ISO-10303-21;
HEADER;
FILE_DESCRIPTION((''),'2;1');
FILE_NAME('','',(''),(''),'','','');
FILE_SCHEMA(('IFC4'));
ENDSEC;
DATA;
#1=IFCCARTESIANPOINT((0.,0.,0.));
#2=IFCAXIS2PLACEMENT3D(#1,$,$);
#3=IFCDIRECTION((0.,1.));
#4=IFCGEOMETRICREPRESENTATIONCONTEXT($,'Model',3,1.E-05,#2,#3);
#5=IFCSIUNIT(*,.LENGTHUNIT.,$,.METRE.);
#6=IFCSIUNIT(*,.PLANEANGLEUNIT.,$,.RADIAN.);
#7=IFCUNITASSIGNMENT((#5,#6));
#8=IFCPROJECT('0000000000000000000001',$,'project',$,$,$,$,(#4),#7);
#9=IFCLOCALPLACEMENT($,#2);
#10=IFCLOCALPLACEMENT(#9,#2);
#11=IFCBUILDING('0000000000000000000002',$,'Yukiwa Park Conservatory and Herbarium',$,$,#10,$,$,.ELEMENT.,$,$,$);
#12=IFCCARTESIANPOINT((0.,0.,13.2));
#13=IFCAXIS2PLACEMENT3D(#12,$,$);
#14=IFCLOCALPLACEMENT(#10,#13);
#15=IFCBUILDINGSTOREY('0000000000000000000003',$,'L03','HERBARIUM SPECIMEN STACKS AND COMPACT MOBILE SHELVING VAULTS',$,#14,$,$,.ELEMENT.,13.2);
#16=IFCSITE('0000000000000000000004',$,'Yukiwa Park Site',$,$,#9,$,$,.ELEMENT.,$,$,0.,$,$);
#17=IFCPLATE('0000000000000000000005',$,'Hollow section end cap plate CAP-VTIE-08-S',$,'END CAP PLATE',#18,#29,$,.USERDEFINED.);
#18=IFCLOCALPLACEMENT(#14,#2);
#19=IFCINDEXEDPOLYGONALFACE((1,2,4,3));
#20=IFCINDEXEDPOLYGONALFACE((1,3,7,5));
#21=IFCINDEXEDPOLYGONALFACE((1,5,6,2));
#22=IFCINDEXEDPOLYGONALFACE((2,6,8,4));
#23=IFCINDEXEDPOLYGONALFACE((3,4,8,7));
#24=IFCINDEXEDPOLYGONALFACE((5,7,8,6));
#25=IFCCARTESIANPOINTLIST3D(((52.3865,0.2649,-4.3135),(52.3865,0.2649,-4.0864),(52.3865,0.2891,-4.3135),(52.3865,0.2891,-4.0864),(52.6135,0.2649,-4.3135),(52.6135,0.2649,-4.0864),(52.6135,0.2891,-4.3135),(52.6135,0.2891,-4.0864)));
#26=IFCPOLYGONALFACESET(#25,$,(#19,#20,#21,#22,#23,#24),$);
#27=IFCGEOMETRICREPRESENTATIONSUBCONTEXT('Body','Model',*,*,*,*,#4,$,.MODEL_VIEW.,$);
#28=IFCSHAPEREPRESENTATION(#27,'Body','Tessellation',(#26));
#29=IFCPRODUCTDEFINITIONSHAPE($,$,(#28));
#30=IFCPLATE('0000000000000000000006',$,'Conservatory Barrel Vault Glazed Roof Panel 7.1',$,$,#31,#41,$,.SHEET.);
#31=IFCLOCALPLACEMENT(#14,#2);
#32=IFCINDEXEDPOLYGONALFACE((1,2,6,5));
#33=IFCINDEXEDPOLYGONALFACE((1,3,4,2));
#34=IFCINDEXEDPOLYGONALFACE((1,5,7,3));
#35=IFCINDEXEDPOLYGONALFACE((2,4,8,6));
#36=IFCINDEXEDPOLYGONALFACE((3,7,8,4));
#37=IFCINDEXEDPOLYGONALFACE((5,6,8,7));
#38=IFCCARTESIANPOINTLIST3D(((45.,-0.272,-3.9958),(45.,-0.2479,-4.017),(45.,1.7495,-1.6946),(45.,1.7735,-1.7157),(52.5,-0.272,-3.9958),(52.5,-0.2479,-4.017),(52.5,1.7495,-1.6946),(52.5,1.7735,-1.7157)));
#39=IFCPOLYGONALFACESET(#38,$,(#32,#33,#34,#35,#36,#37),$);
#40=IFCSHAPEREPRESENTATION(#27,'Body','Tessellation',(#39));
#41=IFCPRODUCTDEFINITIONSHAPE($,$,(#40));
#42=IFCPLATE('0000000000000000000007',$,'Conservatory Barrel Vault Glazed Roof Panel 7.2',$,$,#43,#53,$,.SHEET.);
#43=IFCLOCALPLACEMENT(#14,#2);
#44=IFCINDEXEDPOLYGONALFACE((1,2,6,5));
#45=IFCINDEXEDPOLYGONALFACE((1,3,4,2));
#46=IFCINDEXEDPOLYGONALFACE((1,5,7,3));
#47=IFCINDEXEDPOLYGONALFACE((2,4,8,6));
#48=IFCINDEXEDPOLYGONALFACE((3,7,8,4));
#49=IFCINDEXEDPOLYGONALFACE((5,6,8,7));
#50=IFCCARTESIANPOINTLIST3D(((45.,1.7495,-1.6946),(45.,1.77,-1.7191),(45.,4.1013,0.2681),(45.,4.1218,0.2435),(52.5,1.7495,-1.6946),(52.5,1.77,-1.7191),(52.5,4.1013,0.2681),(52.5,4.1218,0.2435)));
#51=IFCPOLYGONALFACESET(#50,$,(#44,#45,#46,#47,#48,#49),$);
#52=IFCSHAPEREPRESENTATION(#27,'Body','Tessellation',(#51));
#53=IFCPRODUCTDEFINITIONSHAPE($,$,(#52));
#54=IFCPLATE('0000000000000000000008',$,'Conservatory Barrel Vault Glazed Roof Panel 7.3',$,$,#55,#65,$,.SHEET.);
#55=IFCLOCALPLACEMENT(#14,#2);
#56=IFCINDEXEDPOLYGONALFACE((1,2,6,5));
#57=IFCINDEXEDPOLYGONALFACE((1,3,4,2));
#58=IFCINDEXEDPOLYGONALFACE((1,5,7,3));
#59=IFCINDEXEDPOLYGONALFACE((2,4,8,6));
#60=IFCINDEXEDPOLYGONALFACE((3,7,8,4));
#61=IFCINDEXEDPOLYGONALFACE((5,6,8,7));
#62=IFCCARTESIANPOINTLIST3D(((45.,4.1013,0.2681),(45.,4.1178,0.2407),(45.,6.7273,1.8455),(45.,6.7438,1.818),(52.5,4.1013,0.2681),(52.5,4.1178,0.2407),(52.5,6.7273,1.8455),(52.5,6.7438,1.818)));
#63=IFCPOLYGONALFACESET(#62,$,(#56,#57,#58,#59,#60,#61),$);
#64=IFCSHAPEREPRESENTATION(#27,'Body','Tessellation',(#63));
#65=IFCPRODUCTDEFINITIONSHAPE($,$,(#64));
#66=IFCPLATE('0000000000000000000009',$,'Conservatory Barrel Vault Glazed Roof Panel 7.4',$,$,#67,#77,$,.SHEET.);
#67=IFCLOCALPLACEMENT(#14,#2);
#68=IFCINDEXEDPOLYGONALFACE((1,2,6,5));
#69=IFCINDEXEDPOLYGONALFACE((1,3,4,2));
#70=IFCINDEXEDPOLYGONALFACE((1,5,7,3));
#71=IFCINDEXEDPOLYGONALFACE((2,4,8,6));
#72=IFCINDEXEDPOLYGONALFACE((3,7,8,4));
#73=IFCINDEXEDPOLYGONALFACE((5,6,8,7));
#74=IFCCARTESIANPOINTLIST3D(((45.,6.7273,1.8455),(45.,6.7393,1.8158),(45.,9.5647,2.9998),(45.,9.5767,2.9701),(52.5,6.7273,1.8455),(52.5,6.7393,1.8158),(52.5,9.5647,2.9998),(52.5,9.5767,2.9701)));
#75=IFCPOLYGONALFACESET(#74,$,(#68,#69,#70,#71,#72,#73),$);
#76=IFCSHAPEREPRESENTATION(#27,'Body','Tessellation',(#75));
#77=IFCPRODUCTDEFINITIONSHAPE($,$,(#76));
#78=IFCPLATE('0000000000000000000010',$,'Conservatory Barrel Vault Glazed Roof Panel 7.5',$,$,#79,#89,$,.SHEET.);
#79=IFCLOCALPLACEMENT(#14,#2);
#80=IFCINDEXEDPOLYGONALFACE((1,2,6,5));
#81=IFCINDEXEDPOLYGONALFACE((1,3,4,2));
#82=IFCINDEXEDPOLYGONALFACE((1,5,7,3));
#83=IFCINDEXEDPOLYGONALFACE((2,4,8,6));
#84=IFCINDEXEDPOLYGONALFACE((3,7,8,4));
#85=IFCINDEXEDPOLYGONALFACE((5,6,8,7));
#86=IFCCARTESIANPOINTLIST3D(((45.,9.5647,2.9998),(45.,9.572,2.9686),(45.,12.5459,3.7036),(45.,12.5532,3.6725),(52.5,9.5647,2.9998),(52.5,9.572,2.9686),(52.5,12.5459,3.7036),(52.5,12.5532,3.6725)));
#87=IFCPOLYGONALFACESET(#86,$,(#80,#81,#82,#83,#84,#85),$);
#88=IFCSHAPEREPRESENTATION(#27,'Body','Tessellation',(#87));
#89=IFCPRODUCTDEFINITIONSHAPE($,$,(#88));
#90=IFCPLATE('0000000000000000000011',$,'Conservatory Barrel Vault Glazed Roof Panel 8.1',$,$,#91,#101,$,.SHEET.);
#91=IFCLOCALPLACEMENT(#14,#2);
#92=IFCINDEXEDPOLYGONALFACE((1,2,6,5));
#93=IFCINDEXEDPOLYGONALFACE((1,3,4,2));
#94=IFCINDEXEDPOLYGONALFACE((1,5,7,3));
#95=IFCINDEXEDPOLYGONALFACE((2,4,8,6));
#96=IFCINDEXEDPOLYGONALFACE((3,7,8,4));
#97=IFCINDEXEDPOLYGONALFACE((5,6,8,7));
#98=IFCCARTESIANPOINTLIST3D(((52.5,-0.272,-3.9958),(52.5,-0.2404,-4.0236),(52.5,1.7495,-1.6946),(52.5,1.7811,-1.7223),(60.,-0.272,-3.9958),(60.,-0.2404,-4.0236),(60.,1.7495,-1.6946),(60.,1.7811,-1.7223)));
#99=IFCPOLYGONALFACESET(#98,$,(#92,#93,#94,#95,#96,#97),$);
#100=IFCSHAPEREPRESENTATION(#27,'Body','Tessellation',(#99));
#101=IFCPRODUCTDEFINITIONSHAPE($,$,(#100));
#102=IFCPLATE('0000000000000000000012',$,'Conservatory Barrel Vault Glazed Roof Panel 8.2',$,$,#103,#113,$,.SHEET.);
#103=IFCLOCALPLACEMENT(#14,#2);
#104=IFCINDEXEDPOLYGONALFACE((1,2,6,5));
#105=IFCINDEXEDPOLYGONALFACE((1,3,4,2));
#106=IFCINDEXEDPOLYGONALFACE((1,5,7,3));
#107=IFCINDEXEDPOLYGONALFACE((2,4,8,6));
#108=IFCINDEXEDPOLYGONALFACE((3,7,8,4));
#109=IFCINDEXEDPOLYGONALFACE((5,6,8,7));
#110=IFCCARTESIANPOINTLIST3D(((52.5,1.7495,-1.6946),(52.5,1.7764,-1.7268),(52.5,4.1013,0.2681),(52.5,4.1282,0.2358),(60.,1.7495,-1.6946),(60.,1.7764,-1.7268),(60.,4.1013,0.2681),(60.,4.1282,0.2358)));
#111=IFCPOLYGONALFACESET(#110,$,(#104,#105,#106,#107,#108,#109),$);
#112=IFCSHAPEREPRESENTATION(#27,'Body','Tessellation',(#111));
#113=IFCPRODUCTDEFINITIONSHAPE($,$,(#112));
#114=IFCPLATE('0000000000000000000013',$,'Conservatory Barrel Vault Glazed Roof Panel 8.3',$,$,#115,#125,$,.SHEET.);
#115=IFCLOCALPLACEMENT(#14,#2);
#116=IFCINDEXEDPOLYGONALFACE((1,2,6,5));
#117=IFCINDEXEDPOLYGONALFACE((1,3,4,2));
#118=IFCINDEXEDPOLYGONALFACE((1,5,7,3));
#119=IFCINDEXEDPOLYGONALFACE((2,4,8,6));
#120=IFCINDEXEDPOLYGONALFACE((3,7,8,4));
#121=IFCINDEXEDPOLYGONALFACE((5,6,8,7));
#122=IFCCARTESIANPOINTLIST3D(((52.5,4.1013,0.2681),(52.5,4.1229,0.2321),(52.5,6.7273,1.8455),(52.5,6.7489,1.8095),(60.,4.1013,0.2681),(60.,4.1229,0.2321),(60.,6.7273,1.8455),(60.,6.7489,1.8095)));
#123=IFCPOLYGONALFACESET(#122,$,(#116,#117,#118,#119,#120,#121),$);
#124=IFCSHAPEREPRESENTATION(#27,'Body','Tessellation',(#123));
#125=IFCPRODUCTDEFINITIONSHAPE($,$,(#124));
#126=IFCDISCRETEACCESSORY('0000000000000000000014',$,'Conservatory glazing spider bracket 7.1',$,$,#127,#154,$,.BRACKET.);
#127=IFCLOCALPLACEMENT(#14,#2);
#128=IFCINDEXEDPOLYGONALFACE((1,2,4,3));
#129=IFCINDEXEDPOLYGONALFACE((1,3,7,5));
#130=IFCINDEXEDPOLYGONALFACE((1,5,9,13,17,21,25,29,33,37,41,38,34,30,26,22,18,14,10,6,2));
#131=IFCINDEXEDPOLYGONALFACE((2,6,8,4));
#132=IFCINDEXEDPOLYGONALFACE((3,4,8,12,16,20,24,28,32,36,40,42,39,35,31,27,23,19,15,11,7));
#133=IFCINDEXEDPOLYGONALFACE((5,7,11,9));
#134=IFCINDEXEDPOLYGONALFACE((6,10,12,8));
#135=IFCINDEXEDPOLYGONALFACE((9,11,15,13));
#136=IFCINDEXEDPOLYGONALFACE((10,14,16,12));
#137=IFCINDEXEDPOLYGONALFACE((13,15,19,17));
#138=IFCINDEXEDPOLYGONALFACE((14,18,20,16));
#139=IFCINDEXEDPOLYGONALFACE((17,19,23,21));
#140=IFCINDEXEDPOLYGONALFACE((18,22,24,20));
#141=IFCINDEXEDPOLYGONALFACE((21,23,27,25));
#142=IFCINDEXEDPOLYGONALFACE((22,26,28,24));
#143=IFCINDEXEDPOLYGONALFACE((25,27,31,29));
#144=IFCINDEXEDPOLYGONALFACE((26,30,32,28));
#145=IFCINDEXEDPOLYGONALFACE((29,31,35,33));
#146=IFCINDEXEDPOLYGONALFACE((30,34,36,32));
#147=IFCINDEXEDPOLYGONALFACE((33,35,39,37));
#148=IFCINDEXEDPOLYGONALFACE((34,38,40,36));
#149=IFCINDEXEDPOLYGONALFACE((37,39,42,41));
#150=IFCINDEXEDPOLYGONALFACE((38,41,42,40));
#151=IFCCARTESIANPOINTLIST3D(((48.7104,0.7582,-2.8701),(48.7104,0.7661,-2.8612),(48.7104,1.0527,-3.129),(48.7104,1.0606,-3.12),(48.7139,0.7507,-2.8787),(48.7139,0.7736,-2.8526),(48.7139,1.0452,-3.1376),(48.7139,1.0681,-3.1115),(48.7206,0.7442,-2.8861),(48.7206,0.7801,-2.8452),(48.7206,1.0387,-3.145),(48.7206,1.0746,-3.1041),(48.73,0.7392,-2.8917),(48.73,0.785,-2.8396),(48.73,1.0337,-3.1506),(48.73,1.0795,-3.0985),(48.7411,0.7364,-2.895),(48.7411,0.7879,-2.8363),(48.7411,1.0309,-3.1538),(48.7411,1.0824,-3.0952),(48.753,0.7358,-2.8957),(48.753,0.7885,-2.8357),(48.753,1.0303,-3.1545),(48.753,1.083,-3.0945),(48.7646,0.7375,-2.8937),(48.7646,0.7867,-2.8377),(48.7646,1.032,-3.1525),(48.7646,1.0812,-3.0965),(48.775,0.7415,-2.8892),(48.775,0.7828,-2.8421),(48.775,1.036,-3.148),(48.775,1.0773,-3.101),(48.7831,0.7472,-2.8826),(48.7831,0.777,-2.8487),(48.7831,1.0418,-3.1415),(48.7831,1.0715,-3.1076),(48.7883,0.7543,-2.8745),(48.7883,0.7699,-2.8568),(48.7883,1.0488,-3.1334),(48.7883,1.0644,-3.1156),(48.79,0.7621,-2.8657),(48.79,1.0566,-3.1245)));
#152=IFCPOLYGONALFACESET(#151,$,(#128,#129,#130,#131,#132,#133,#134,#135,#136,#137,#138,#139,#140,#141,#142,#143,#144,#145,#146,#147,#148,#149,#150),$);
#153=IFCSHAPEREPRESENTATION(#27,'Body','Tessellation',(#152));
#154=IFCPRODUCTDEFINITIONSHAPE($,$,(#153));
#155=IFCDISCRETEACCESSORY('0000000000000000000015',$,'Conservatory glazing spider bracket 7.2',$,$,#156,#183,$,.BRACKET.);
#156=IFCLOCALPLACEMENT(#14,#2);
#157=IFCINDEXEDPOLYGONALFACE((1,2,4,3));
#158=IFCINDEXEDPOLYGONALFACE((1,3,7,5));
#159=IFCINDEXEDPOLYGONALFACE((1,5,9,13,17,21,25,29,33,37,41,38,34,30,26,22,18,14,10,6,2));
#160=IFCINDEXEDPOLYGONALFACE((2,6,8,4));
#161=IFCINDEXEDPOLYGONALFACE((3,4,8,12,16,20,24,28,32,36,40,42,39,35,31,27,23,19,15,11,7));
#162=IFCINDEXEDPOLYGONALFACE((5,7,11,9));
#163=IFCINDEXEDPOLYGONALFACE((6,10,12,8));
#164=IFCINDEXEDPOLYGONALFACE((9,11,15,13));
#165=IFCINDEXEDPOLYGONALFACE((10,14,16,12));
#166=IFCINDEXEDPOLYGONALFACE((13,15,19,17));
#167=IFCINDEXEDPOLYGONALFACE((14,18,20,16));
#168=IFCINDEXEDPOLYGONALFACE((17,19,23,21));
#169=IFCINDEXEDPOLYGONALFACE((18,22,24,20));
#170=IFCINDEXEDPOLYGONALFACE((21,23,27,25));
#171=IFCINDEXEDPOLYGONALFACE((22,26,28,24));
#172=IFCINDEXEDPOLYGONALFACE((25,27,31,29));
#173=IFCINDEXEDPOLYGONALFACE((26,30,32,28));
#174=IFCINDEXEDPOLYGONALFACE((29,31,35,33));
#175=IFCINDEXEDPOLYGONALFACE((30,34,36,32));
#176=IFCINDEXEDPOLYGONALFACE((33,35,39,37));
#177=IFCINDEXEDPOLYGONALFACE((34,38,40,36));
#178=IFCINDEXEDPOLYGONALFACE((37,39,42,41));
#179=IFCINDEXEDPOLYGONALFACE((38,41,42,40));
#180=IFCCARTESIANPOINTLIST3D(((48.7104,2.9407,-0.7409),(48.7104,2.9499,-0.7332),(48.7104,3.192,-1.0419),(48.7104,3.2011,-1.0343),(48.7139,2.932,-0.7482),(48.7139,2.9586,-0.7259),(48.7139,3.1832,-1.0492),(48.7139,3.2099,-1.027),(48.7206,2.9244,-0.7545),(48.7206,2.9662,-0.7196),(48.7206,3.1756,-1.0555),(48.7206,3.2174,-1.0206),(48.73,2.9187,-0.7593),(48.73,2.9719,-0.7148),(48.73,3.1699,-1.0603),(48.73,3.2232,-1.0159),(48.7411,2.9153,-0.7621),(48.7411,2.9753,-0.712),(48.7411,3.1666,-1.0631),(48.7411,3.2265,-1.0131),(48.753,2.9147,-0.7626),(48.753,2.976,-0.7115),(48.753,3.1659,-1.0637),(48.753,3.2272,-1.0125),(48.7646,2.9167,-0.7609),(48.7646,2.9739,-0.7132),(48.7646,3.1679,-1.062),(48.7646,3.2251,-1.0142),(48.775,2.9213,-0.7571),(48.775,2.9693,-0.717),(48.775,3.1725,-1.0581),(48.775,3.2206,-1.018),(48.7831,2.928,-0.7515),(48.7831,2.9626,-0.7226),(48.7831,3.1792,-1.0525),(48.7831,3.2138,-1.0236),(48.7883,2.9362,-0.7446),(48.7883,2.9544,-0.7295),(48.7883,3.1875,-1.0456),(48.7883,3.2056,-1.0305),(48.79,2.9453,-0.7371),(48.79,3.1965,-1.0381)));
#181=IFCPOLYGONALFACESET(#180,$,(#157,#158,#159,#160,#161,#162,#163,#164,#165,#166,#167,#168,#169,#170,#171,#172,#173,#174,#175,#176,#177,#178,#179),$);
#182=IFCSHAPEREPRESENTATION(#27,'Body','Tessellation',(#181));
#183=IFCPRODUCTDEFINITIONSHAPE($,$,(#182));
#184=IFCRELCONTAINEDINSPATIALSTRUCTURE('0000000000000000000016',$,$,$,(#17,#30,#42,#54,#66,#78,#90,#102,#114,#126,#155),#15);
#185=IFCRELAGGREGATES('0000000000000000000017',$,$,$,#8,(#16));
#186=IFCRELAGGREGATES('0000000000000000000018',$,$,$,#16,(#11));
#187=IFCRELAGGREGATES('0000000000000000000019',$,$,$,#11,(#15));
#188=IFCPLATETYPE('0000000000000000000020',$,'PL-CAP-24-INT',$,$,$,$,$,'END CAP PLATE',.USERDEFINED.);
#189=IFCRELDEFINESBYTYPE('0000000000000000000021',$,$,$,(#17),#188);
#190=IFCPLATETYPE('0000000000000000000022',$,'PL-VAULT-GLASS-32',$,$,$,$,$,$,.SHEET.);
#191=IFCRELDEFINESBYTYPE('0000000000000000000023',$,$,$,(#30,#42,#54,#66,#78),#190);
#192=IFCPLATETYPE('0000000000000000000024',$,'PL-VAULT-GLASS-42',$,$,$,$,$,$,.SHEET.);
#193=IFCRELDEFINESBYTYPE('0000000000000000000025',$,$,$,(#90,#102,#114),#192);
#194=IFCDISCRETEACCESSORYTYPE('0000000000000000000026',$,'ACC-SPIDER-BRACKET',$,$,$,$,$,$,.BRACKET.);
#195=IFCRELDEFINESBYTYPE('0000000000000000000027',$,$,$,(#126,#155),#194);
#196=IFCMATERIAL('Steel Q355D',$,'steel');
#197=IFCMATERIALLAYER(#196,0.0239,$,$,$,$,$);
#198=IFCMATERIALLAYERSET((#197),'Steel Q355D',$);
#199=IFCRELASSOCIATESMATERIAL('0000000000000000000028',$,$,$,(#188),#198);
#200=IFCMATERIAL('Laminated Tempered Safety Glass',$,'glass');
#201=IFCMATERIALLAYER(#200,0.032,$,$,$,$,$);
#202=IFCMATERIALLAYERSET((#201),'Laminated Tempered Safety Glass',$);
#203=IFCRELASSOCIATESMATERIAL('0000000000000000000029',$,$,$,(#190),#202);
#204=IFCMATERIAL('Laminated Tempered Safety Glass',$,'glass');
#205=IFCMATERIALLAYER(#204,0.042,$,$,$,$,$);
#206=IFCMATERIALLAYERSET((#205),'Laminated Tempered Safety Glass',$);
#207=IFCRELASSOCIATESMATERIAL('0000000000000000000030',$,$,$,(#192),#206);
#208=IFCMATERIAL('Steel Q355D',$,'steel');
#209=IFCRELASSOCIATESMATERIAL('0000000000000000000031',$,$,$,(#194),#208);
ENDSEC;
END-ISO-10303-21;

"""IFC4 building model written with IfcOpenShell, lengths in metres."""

from ifc_helpers import new_model, si_unit, direction, frame, origin, origin_2d, place, context, subcontext, project, spatial, polyline, rectangle, circle, outline, extrude, material, layer, layer_set, type_object, element, save


model = new_model("IFC4")

# Units and contexts
model_context = context("Model", 3, precision=1e-05, world=origin(), true_north=direction((0.0, 1.0)))
body_context = subcontext(model_context, "Body", "Model", "MODEL_VIEW")
ifc_project = project(units=[si_unit("LENGTHUNIT", "METRE"), si_unit("PLANEANGLEUNIT", "RADIAN")], contexts=[model_context])

# Site, building, storey
site_placement = place(None, origin())
site = spatial("IfcSite", under=ifc_project, at=site_placement, Name="Yukiwa Park Site", CompositionType="ELEMENT", RefElevation=0.0)
building_placement = place(site_placement, origin())
building = spatial("IfcBuilding", under=site, at=building_placement, Name="Yukiwa Park Conservatory and Herbarium", CompositionType="ELEMENT")
storey_placement = place(building_placement, frame((0.0, 0.0, 13.2)))
storey = spatial("IfcBuildingStorey", under=building, at=storey_placement, Name="L03", Description="HERBARIUM SPECIMEN STACKS AND COMPACT MOBILE SHELVING VAULTS", CompositionType="ELEMENT", Elevation=13.2)

# Plates
ifc_material_1 = material(Name="Steel Q355D", Category="steel")
ifc_layer_1 = layer(ifc_material_1, 0.0239)
ifc_layer_set_1 = layer_set([ifc_layer_1], Name="Steel Q355D")
plate_type_1 = type_object("IfcPlateType", Name="PL-CAP-24-INT", ElementType="END CAP PLATE", PredefinedType="USERDEFINED", material=ifc_layer_set_1)
plate_1_placement = place(storey_placement, frame((52.5, 0.2891, -4.2), z_axis=(0.0, -1.0, 0.0), x_axis=(1.0, 0.0, 0.0)))
element("IfcPlate", 1, at=plate_1_placement, inside=storey, type_object=plate_type_1, Name="Hollow section end cap plate CAP-VTIE-08-S", ObjectType="END CAP PLATE", PredefinedType="USERDEFINED", context=body_context, shape_type="SweptSolid", body=[
    extrude(rectangle(XDim=0.2271, YDim=0.2271, at=origin_2d()), origin(), (0.0, 0.0, 1.0), 0.0242),
])
ifc_material_2 = material(Name="Laminated Tempered Safety Glass", Category="glass")
ifc_layer_2 = layer(ifc_material_2, 0.032)
ifc_layer_set_2 = layer_set([ifc_layer_2], Name="Laminated Tempered Safety Glass")
plate_type_2 = type_object("IfcPlateType", Name="PL-VAULT-GLASS-32", PredefinedType="SHEET", material=ifc_layer_set_2)
plate_2_placement = place(storey_placement, frame((45.0, -0.272, -3.9958), z_axis=(0.0, -0.751301, 0.659959), x_axis=(1.0, 0.0, 0.0)))
element("IfcPlate", 2, at=plate_2_placement, inside=storey, type_object=plate_type_2, Name="Conservatory Barrel Vault Glazed Roof Panel 7.1", PredefinedType="SHEET", context=body_context, shape_type="SweptSolid", body=[
    extrude(outline(polyline([(0.0, 0.0), (7.5, 0.0), (7.5, 3.063), (0.0, 3.063), (0.0, 0.0)])), origin(), (0.0, 0.0, -1.0), 0.032),
])
plate_3_placement = place(storey_placement, frame((45.0, 1.7495, -1.6946), z_axis=(0.0, -0.640725, 0.76777), x_axis=(1.0, 0.0, 0.0)))
element("IfcPlate", 3, at=plate_3_placement, inside=storey, type_object=plate_type_2, Name="Conservatory Barrel Vault Glazed Roof Panel 7.2", PredefinedType="SHEET", context=body_context, shape_type="SweptSolid", body=[
    extrude(outline(polyline([(0.0, 0.0), (7.5, 0.0), (7.5, 3.0632), (0.0, 3.0632), (0.0, 0.0)])), origin(), (0.0, 0.0, -1.0), 0.032),
])
plate_4_placement = place(storey_placement, frame((45.0, 4.1013, 0.2681), z_axis=(0.0, -0.514929, 0.857233), x_axis=(1.0, 0.0, 0.0)))
element("IfcPlate", 4, at=plate_4_placement, inside=storey, type_object=plate_type_2, Name="Conservatory Barrel Vault Glazed Roof Panel 7.3", PredefinedType="SHEET", context=body_context, shape_type="SweptSolid", body=[
    extrude(outline(polyline([(0.0, 0.0), (7.5, 0.0), (7.5, 3.0633), (0.0, 3.0633), (0.0, 0.0)])), origin(), (0.0, 0.0, -1.0), 0.032),
])
plate_5_placement = place(storey_placement, frame((45.0, 6.7273, 1.8455), z_axis=(0.0, -0.376826, 0.926284), x_axis=(1.0, 0.0, 0.0)))
element("IfcPlate", 5, at=plate_5_placement, inside=storey, type_object=plate_type_2, Name="Conservatory Barrel Vault Glazed Roof Panel 7.4", PredefinedType="SHEET", context=body_context, shape_type="SweptSolid", body=[
    extrude(outline(polyline([(0.0, 0.0), (7.5, 0.0), (7.5, 3.0632), (0.0, 3.0632), (0.0, 0.0)])), origin(), (0.0, 0.0, -1.0), 0.032),
])
plate_6_placement = place(storey_placement, frame((45.0, 9.5647, 2.9998), z_axis=(0.0, -0.229781, 0.973242), x_axis=(1.0, 0.0, 0.0)))
element("IfcPlate", 6, at=plate_6_placement, inside=storey, type_object=plate_type_2, Name="Conservatory Barrel Vault Glazed Roof Panel 7.5", PredefinedType="SHEET", context=body_context, shape_type="SweptSolid", body=[
    extrude(outline(polyline([(0.0, 0.0), (7.5, 0.0), (7.5, 3.0632), (0.0, 3.0632), (0.0, 0.0)])), origin(), (0.0, 0.0, -1.0), 0.032),
])
ifc_material_3 = material(Name="Laminated Tempered Safety Glass", Category="glass")
ifc_layer_3 = layer(ifc_material_3, 0.042)
ifc_layer_set_3 = layer_set([ifc_layer_3], Name="Laminated Tempered Safety Glass")
plate_type_3 = type_object("IfcPlateType", Name="PL-VAULT-GLASS-42", PredefinedType="SHEET", material=ifc_layer_set_3)
plate_7_placement = place(storey_placement, frame((52.5, -0.272, -3.9958), z_axis=(0.0, -0.751301, 0.659959), x_axis=(1.0, 0.0, 0.0)))
element("IfcPlate", 7, at=plate_7_placement, inside=storey, type_object=plate_type_3, Name="Conservatory Barrel Vault Glazed Roof Panel 8.1", PredefinedType="SHEET", context=body_context, shape_type="SweptSolid", body=[
    extrude(outline(polyline([(0.0, 0.0), (7.5, 0.0), (7.5, 3.063), (0.0, 3.063), (0.0, 0.0)])), origin(), (0.0, 0.0, -1.0), 0.042),
])
plate_8_placement = place(storey_placement, frame((52.5, 1.7495, -1.6946), z_axis=(0.0, -0.640725, 0.76777), x_axis=(1.0, 0.0, 0.0)))
element("IfcPlate", 8, at=plate_8_placement, inside=storey, type_object=plate_type_3, Name="Conservatory Barrel Vault Glazed Roof Panel 8.2", PredefinedType="SHEET", context=body_context, shape_type="SweptSolid", body=[
    extrude(outline(polyline([(0.0, 0.0), (7.5, 0.0), (7.5, 3.0632), (0.0, 3.0632), (0.0, 0.0)])), origin(), (0.0, 0.0, -1.0), 0.042),
])
plate_9_placement = place(storey_placement, frame((52.5, 4.1013, 0.2681), z_axis=(0.0, -0.514929, 0.857233), x_axis=(1.0, 0.0, 0.0)))
element("IfcPlate", 9, at=plate_9_placement, inside=storey, type_object=plate_type_3, Name="Conservatory Barrel Vault Glazed Roof Panel 8.3", PredefinedType="SHEET", context=body_context, shape_type="SweptSolid", body=[
    extrude(outline(polyline([(0.0, 0.0), (7.5, 0.0), (7.5, 3.0633), (0.0, 3.0633), (0.0, 0.0)])), origin(), (0.0, 0.0, -1.0), 0.042),
])

# Discrete accessories
ifc_material_4 = material(Name="Steel Q355D", Category="steel")
discrete_accessory_type = type_object("IfcDiscreteAccessoryType", Name="ACC-SPIDER-BRACKET", PredefinedType="BRACKET", material=ifc_material_4)
for number, where, z_axis, x_axis, name in (
    (10, (48.75, 1.0566, -3.1245), (0.0, -0.751109, 0.660178), (1.0, 0.0, 0.0), "Conservatory glazing spider bracket 7.1"),
    (11, (48.75, 3.1965, -1.0381), (0.0, -0.640735, 0.767762), (1.0, 0.0, 0.0), "Conservatory glazing spider bracket 7.2"),
):
    element("IfcDiscreteAccessory", number, at=place(storey_placement, frame(where, z_axis=z_axis, x_axis=x_axis)), inside=storey, type_object=discrete_accessory_type, Name=name, PredefinedType="BRACKET", context=body_context, shape_type="SweptSolid", body=[
        extrude(circle(Radius=0.04, at=origin_2d()), origin(), (0.0, 0.0, 1.0), 0.3921),
    ])

save(model, "model.ifc")
